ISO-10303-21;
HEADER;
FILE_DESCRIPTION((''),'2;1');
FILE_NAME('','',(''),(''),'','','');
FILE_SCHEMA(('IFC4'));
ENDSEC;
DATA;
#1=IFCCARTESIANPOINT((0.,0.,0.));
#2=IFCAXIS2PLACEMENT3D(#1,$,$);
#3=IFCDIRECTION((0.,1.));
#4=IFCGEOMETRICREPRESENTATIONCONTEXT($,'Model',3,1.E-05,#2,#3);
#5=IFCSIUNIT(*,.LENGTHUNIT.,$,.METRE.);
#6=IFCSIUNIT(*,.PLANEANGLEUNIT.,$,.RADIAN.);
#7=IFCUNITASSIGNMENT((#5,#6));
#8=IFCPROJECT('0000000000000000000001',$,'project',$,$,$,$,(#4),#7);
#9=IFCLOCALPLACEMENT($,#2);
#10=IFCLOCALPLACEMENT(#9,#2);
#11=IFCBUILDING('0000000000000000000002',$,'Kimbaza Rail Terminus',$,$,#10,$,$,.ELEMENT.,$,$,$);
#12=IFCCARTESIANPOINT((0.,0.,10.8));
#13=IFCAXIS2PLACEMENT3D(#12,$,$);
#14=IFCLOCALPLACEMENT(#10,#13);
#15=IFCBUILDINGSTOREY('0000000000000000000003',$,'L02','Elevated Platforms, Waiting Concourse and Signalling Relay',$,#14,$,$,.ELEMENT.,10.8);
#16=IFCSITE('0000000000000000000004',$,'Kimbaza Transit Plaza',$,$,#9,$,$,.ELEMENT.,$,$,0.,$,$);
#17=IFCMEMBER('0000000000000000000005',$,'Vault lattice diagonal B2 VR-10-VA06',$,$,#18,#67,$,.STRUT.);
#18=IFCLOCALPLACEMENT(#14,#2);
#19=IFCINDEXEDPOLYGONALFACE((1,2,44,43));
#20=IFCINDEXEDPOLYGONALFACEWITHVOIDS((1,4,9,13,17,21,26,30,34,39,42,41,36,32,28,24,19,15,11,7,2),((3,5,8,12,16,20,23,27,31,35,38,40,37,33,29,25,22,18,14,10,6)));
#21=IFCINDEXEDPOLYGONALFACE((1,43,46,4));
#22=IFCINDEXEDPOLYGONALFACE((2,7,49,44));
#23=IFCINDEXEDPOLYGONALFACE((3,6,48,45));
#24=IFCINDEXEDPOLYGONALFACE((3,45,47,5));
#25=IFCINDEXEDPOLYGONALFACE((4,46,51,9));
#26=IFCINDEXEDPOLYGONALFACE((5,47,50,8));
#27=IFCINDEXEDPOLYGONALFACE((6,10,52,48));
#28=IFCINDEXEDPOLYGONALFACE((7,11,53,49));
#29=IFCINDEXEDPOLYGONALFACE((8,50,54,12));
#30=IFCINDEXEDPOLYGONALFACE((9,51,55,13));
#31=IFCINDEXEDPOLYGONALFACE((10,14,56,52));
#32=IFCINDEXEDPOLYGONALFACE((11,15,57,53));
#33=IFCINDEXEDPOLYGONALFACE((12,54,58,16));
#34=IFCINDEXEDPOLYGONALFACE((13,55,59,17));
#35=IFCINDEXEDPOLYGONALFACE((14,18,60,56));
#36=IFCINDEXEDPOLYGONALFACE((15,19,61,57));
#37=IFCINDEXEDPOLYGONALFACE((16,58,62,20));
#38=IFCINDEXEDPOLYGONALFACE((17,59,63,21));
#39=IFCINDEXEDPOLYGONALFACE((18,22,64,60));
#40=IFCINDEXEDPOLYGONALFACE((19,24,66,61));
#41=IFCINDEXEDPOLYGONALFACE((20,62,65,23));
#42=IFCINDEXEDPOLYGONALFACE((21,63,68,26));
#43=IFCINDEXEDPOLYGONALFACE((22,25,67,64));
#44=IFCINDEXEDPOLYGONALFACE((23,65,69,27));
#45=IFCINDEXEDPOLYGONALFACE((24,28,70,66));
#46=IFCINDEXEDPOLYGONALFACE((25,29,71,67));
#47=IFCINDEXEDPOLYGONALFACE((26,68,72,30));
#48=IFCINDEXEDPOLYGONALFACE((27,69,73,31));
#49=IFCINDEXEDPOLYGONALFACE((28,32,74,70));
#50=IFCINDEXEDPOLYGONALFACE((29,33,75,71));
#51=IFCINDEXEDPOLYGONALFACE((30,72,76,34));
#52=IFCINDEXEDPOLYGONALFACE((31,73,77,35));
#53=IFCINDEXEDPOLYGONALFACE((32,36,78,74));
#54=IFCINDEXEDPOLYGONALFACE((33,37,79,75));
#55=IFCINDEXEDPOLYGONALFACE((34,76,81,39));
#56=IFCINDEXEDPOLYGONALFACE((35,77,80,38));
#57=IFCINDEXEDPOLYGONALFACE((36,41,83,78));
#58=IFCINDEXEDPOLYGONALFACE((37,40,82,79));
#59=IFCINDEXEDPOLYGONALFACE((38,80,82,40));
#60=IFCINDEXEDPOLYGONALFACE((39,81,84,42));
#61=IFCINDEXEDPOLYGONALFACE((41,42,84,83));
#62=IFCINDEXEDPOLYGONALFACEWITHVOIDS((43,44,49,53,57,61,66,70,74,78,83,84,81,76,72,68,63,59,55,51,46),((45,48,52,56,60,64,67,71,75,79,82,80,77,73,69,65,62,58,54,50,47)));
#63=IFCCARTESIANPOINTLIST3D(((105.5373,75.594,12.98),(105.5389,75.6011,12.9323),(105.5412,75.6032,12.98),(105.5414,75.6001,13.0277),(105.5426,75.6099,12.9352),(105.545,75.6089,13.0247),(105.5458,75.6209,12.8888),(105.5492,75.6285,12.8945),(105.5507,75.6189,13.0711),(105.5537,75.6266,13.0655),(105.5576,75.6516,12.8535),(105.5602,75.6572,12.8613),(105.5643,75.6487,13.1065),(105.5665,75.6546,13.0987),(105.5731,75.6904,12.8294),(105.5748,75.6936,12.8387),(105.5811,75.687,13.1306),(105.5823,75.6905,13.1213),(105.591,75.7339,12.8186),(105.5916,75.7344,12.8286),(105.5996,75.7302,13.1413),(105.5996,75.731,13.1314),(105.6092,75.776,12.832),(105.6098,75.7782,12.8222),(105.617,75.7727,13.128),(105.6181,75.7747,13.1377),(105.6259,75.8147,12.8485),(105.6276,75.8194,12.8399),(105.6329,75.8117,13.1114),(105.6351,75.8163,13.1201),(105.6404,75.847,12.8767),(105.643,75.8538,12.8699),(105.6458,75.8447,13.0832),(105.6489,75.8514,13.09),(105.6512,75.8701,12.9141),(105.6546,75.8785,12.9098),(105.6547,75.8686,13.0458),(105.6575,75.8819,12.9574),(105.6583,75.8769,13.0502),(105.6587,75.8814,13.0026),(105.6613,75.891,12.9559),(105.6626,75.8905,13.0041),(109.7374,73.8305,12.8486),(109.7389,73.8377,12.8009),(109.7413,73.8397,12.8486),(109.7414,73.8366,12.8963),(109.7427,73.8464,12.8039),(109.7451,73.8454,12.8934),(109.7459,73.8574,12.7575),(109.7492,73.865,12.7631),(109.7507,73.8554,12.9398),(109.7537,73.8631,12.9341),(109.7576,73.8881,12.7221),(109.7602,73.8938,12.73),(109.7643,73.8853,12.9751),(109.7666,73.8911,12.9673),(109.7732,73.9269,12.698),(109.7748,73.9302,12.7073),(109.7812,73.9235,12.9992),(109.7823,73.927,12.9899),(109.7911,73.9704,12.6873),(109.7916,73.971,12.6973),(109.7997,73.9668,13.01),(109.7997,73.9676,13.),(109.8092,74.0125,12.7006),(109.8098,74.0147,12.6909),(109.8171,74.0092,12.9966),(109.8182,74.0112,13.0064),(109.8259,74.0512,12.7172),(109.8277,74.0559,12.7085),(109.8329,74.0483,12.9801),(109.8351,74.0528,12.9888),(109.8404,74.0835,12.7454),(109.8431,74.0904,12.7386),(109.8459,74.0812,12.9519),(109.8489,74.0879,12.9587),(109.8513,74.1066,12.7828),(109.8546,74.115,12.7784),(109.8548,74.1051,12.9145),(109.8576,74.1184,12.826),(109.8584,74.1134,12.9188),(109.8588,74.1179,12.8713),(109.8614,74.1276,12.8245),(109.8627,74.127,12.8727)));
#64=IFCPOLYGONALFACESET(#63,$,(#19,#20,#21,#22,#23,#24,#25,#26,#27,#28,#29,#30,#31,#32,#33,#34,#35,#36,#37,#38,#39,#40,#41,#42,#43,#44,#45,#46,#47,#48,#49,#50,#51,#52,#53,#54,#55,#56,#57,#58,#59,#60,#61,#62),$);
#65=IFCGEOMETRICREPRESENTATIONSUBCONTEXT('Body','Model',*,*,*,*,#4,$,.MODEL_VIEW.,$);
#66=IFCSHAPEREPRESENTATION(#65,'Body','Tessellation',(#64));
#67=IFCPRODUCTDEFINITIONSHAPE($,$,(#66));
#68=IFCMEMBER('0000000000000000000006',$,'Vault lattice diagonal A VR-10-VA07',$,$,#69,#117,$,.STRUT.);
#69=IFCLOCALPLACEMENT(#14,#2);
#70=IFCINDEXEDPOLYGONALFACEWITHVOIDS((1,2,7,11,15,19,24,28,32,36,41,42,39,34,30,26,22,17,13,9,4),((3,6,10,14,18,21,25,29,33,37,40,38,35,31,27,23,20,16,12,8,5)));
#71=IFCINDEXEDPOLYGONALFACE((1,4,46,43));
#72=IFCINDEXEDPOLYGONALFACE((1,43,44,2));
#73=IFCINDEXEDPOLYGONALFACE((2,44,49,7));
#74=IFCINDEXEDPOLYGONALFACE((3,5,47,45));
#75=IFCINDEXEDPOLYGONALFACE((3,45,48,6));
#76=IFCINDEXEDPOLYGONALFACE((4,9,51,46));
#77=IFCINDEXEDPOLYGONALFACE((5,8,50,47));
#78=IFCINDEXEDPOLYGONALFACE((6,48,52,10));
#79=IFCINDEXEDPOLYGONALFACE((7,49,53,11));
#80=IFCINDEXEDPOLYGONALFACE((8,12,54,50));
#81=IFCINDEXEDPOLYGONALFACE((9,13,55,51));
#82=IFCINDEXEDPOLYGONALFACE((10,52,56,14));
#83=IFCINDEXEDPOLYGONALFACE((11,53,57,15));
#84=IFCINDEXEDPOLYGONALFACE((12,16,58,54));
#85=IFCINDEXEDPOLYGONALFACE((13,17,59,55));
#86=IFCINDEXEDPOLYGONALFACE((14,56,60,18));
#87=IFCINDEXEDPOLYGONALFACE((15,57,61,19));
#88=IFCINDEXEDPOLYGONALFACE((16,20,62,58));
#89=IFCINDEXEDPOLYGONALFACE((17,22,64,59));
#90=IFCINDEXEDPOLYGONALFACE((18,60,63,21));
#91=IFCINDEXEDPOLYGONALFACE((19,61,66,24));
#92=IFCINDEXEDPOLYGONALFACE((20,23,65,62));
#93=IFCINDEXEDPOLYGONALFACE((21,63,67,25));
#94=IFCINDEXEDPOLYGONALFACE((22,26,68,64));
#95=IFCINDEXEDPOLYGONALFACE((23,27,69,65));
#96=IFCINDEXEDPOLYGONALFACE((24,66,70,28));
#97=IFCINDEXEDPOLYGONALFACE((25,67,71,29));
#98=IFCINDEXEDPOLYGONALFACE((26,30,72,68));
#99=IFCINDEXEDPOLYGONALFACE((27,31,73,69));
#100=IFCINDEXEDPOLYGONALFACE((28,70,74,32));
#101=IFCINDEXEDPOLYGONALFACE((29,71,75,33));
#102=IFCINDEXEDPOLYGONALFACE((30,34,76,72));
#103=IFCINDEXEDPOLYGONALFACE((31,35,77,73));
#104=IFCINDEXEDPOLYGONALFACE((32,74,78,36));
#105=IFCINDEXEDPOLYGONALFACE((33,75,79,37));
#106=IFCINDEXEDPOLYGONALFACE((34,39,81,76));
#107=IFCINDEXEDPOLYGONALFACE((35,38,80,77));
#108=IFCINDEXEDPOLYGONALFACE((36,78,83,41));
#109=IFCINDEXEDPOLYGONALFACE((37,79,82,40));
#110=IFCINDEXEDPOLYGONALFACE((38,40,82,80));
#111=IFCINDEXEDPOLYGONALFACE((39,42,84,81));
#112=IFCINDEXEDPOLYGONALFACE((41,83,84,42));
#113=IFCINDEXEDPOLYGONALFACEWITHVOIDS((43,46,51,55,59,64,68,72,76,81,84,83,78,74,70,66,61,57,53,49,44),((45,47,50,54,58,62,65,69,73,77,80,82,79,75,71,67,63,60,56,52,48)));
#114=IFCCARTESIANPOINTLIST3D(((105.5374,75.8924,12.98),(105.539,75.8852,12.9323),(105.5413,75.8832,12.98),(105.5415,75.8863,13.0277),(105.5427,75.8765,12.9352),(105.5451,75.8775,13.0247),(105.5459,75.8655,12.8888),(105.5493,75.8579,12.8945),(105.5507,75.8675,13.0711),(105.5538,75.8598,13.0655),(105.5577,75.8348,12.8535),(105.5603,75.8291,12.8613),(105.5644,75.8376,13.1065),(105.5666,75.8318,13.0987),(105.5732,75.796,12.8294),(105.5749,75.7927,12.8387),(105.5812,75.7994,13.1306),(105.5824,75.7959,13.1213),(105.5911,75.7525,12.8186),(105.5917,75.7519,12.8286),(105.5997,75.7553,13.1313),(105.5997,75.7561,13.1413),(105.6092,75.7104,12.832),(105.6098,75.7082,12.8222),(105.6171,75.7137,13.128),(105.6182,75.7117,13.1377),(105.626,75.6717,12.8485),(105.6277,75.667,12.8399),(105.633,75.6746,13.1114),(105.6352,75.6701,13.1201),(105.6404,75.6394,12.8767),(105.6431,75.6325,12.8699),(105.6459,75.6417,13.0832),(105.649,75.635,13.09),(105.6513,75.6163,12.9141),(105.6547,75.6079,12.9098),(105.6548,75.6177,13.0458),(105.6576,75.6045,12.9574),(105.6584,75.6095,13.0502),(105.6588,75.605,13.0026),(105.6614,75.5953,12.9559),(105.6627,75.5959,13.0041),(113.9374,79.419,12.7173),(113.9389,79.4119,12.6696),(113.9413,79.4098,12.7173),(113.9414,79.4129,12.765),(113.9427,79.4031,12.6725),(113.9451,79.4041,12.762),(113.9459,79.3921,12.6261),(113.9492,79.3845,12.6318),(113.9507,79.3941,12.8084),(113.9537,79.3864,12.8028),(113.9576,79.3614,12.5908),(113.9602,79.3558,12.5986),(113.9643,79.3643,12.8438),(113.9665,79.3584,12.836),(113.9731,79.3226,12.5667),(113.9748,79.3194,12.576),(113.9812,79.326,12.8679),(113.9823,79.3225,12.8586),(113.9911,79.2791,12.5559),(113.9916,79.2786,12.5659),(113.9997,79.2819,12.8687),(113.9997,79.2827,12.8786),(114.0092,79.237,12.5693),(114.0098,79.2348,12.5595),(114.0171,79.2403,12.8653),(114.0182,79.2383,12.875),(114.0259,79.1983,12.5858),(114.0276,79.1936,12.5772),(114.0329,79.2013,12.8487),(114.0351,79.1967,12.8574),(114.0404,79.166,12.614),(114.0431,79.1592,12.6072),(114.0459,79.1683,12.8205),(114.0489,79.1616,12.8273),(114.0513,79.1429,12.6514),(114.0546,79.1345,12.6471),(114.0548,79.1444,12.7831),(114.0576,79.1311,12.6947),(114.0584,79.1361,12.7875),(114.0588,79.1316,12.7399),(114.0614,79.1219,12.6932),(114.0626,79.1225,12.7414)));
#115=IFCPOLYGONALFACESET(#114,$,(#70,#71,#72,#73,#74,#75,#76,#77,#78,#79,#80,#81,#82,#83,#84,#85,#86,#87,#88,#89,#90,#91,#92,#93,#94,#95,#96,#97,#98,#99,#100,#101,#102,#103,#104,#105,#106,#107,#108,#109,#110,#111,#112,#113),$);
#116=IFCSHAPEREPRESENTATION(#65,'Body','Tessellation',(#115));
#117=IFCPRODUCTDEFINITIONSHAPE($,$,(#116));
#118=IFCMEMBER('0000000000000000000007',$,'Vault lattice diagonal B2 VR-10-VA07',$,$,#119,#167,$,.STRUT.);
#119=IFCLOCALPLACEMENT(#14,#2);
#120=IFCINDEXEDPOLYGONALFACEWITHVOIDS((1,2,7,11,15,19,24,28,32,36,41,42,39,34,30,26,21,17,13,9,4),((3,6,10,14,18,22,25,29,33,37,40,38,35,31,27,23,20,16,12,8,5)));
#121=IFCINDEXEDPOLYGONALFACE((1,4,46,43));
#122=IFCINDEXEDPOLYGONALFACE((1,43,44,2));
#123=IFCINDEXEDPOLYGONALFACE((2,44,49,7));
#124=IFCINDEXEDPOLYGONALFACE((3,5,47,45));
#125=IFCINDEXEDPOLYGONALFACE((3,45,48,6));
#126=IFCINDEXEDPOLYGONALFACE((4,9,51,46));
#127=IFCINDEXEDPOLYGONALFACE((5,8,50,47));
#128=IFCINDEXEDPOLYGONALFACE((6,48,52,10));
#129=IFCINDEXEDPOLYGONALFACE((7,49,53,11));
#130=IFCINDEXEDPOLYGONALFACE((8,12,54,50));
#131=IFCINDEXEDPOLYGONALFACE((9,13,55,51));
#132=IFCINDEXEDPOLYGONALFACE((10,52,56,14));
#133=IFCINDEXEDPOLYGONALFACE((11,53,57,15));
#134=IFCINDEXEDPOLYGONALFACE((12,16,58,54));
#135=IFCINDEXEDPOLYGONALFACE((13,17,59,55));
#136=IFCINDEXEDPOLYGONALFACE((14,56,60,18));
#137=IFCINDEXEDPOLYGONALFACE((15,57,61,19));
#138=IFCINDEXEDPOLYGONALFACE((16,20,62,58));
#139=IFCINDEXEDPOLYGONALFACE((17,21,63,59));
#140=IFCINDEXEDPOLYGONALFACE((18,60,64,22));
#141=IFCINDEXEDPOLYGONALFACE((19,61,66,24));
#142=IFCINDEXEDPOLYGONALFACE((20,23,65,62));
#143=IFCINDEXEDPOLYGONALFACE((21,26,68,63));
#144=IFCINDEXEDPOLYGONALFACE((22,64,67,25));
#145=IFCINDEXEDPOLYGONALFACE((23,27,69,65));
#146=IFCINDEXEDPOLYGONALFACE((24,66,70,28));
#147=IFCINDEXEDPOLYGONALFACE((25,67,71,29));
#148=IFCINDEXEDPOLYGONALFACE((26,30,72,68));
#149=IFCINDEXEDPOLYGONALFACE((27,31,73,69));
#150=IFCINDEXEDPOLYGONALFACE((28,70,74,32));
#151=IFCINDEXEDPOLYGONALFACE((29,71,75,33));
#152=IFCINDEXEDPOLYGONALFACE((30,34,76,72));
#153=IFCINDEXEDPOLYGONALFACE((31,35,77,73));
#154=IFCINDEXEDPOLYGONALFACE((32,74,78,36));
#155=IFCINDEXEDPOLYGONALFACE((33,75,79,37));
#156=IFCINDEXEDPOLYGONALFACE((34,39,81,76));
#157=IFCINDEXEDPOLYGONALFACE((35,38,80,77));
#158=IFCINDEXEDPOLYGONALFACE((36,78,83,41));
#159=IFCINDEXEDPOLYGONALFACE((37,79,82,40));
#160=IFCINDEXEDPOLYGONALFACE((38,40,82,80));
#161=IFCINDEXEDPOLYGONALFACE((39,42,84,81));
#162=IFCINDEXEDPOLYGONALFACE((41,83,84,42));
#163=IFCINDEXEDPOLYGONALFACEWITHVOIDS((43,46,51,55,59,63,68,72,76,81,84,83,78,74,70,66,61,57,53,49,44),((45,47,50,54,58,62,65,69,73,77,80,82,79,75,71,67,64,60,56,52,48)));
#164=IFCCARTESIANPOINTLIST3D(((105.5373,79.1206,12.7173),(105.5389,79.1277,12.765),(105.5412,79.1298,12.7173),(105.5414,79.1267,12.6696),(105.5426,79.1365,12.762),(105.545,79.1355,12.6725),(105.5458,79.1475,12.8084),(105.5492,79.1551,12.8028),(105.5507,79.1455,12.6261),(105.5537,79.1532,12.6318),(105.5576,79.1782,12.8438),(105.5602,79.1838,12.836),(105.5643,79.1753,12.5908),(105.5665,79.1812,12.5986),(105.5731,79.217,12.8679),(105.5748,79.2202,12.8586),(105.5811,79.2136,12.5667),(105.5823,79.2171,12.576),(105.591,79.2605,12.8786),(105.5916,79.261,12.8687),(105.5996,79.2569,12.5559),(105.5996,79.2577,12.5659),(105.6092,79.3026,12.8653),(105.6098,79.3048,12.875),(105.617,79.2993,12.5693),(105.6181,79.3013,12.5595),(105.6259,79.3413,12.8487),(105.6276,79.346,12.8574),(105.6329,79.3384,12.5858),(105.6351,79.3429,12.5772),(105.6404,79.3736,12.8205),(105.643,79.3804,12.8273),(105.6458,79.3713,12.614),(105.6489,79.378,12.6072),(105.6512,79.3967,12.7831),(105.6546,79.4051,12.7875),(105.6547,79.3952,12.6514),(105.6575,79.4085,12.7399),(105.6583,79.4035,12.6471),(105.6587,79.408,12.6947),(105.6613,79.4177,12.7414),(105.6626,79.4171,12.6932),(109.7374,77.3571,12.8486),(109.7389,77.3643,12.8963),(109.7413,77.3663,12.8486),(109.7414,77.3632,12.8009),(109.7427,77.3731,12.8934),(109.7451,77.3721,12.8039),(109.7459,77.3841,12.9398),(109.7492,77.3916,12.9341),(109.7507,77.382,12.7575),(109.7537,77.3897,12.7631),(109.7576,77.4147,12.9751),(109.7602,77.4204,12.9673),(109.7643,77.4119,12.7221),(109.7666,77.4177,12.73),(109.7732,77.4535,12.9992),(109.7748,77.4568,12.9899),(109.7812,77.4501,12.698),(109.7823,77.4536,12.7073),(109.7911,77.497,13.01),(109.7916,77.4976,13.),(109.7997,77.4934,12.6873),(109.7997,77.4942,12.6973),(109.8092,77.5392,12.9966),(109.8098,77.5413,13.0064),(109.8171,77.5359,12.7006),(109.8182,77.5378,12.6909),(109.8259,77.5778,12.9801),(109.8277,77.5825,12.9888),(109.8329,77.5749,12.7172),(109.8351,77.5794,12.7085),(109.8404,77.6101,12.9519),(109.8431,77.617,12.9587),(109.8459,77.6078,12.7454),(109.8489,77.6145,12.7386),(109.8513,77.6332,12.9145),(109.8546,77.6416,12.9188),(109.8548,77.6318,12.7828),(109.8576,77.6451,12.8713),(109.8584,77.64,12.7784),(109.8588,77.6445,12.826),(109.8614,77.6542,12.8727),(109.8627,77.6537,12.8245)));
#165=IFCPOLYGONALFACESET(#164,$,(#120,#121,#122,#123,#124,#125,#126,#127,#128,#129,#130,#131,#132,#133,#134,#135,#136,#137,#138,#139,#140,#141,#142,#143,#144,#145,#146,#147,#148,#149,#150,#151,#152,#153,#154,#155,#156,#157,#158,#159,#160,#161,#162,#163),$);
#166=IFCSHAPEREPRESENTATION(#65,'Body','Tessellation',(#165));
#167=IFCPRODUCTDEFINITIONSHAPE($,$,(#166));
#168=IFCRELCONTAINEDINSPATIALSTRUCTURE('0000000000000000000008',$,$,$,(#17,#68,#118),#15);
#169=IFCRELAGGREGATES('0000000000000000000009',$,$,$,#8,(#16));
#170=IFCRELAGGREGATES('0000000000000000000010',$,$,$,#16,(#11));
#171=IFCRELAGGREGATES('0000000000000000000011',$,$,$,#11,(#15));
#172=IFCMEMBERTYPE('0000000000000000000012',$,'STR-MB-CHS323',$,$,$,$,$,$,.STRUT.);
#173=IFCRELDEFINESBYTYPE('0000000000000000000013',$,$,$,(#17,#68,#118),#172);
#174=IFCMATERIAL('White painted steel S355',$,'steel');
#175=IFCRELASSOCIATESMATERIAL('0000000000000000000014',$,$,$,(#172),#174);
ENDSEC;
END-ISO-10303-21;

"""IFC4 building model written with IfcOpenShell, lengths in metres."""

from ifc_helpers import new_model, si_unit, direction, frame, origin, origin_2d, place, context, subcontext, project, spatial, hollow_circle, extrude, material, material_profile, profile_set, type_object, element, save


model = new_model("IFC4")

# Units and contexts
model_context = context("Model", 3, precision=1e-05, world=origin(), true_north=direction((0.0, 1.0)))
body_context = subcontext(model_context, "Body", "Model", "MODEL_VIEW")
ifc_project = project(units=[si_unit("LENGTHUNIT", "METRE"), si_unit("PLANEANGLEUNIT", "RADIAN")], contexts=[model_context])

# Site, building, storey
site_placement = place(None, origin())
site = spatial("IfcSite", under=ifc_project, at=site_placement, Name="Kimbaza Transit Plaza", CompositionType="ELEMENT", RefElevation=0.0)
building_placement = place(site_placement, origin())
building = spatial("IfcBuilding", under=site, at=building_placement, Name="Kimbaza Rail Terminus", CompositionType="ELEMENT")
storey_placement = place(building_placement, frame((0.0, 0.0, 10.8)))
storey = spatial("IfcBuildingStorey", under=building, at=storey_placement, Name="L02", Description="Elevated Platforms, Waiting Concourse and Signalling Relay", CompositionType="ELEMENT", Elevation=10.8)

# Members
ifc_material_1 = material(Name="White painted steel S355", Category="steel")
ifc_material_profile_1 = material_profile(ifc_material_1, hollow_circle(Radius=0.1619, WallThickness=0.01, at=origin_2d()), Name="CHS 323.9x10")
ifc_profile_set_1 = profile_set([ifc_material_profile_1], Name="White painted steel S355")
member_type_1 = type_object("IfcMemberType", Name="STR-MB-CHS323", PredefinedType="STRUT", material=ifc_profile_set_1)
member_1_placement = place(storey_placement, frame((109.8, 73.9797, 12.8486), z_axis=(-0.921642, 0.386969, 0.028823), x_axis=(-0.38713, -0.922025, 0.0)))
element("IfcMember", 1, at=member_1_placement, inside=storey, type_object=member_type_1, Name="Vault lattice diagonal B2 VR-10-VA06", PredefinedType="STRUT", context=body_context, shape_type="SweptSolid", body=[
    extrude(hollow_circle(Radius=0.1619, WallThickness=0.01, at=origin_2d()), origin(), (0.0, 0.0, 1.0), 4.5571),
])
member_2_placement = place(storey_placement, frame((105.6001, 75.7432, 12.98), z_axis=(0.921652, 0.386946, -0.028823), x_axis=(-0.387107, 0.922035, 0.0)))
element("IfcMember", 2, at=member_2_placement, inside=storey, type_object=member_type_1, Name="Vault lattice diagonal A VR-10-VA07", PredefinedType="STRUT", context=body_context, shape_type="SweptSolid", body=[
    extrude(hollow_circle(Radius=0.1619, WallThickness=0.01, at=origin_2d()), origin(), (0.0, 0.0, 1.0), 9.114),
])
member_3_placement = place(storey_placement, frame((109.8, 77.5063, 12.8486), z_axis=(-0.921642, 0.386969, -0.028823), x_axis=(-0.38713, -0.922025, 0.0)))
element("IfcMember", 3, at=member_3_placement, inside=storey, type_object=member_type_1, Name="Vault lattice diagonal B2 VR-10-VA07", PredefinedType="STRUT", context=body_context, shape_type="SweptSolid", body=[
    extrude(hollow_circle(Radius=0.1619, WallThickness=0.01, at=origin_2d()), origin(), (0.0, 0.0, 1.0), 4.5571),
])

save(model, "model.ifc")
